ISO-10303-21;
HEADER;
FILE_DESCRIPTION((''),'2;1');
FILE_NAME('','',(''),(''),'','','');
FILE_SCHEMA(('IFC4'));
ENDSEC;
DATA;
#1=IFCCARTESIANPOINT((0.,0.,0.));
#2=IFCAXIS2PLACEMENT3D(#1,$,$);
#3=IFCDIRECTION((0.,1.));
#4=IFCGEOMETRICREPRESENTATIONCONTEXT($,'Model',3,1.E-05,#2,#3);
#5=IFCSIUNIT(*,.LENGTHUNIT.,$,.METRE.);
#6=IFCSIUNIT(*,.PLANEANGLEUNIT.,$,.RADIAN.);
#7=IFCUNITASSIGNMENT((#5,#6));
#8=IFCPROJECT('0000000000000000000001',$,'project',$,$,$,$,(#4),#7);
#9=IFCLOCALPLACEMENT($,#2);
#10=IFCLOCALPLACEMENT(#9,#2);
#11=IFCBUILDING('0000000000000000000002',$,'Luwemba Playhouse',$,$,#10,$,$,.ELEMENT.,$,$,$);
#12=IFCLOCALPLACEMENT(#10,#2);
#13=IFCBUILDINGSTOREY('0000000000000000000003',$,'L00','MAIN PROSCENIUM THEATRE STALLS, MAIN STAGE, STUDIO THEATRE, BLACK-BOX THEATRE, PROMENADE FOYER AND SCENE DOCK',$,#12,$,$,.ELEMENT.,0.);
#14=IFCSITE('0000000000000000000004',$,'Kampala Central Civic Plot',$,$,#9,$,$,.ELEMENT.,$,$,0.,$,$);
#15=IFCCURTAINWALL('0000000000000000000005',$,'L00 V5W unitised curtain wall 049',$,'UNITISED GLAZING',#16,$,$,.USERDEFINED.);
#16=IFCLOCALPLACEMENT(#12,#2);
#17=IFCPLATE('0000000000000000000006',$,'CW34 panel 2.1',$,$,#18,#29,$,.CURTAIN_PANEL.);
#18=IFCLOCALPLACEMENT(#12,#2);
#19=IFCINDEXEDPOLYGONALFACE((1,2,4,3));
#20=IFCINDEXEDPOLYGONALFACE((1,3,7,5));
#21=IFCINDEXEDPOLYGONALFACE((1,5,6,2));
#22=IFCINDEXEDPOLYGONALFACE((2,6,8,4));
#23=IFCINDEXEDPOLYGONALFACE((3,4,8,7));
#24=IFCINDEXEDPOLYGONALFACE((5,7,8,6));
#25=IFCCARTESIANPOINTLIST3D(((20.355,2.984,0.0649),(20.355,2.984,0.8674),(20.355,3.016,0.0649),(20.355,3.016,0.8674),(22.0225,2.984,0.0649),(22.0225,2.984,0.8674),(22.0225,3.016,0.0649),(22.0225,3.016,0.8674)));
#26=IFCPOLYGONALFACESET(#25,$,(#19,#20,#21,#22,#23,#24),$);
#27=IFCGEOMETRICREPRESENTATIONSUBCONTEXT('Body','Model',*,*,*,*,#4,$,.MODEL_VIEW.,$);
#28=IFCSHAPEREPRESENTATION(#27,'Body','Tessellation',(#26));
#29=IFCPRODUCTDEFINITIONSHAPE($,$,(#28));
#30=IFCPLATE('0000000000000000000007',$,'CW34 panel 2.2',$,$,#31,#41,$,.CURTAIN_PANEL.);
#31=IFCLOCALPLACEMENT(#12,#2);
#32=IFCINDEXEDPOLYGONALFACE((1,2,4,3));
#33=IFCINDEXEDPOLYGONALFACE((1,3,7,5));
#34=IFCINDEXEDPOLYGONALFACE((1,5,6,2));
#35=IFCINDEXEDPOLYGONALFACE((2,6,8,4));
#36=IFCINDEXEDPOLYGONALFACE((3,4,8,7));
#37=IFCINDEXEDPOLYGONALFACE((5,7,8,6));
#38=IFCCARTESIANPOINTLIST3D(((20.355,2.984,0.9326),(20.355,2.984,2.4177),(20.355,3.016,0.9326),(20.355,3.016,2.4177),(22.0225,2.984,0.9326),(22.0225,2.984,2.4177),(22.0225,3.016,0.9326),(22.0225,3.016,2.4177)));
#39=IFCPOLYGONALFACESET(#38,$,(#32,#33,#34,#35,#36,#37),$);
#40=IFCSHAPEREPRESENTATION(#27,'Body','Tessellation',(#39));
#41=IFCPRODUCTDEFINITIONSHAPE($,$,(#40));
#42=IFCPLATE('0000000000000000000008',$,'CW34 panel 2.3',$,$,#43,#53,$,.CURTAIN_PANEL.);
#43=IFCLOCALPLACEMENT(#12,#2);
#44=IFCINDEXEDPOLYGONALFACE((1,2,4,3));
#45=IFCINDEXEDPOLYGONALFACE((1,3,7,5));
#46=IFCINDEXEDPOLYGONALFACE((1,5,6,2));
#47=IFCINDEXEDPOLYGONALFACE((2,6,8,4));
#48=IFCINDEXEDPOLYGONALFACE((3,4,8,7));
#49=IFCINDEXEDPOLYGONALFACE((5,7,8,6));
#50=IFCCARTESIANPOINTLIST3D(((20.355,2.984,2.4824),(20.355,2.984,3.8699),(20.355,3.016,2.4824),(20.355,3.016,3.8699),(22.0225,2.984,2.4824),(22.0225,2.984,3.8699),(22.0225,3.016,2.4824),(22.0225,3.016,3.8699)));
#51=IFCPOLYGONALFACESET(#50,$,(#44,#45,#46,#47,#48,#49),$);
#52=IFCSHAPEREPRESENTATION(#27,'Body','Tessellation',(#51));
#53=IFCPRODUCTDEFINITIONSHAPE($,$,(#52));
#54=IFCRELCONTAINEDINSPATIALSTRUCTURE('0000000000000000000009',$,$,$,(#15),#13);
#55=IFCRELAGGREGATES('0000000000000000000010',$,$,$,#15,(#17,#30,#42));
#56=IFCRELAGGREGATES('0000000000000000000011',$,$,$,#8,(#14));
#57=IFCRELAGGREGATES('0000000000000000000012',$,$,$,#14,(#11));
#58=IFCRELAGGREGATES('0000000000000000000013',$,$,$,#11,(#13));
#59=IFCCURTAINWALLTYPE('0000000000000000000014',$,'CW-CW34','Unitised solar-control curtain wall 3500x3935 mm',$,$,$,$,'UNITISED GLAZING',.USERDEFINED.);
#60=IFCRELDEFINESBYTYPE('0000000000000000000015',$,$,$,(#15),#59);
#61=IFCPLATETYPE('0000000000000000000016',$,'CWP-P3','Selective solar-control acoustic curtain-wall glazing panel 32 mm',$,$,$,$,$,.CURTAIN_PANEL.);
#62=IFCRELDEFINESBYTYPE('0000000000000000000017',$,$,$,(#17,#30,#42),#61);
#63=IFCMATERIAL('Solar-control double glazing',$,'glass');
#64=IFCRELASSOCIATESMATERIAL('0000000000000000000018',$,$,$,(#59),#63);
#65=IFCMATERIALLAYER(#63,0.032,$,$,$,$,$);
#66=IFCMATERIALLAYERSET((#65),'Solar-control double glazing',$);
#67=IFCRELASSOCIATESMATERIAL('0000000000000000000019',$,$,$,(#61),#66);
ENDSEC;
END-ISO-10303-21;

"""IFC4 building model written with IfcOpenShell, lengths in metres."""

from ifc_helpers import new_model, si_unit, direction, frame, origin, origin_2d, place, context, subcontext, project, spatial, rectangle, extrude, material, layer, layer_set, type_object, element, aggregate, save


model = new_model("IFC4")

# Units and contexts
model_context = context("Model", 3, precision=1e-05, world=origin(), true_north=direction((0.0, 1.0)))
body_context = subcontext(model_context, "Body", "Model", "MODEL_VIEW")
ifc_project = project(units=[si_unit("LENGTHUNIT", "METRE"), si_unit("PLANEANGLEUNIT", "RADIAN")], contexts=[model_context])

# Site, building, storey
site_placement = place(None, origin())
site = spatial("IfcSite", under=ifc_project, at=site_placement, Name="Kampala Central Civic Plot", CompositionType="ELEMENT", RefElevation=0.0)
building_placement = place(site_placement, origin())
building = spatial("IfcBuilding", under=site, at=building_placement, Name="Luwemba Playhouse", CompositionType="ELEMENT")
storey_placement = place(building_placement, origin())
storey = spatial("IfcBuildingStorey", under=building, at=storey_placement, Name="L00", Description="MAIN PROSCENIUM THEATRE STALLS, MAIN STAGE, STUDIO THEATRE, BLACK-BOX THEATRE, PROMENADE FOYER AND SCENE DOCK", CompositionType="ELEMENT", Elevation=0.0)

# Shared definitions
ifc_material_1 = material(Name="Solar-control double glazing", Category="glass")

# Curtain wall
curtain_wall_type_1 = type_object("IfcCurtainWallType", Name="CW-CW34", Description="Unitised solar-control curtain wall 3500x3935 mm", ElementType="UNITISED GLAZING", PredefinedType="USERDEFINED", material=ifc_material_1)
curtain_wall_1_placement = place(storey_placement, origin())
curtain_wall_1 = element("IfcCurtainWall", 1, at=curtain_wall_1_placement, inside=storey, type_object=curtain_wall_type_1, Name="L00 V5W unitised curtain wall 049", ObjectType="UNITISED GLAZING", PredefinedType="USERDEFINED")

# Plates
ifc_layer_1 = layer(ifc_material_1, 0.032)
ifc_layer_set_1 = layer_set([ifc_layer_1], Name="Solar-control double glazing")
plate_type_1 = type_object("IfcPlateType", Name="CWP-P3", Description="Selective solar-control acoustic curtain-wall glazing panel 32 mm", PredefinedType="CURTAIN_PANEL", material=ifc_layer_set_1)
plate_1_placement = place(storey_placement, frame((21.1887, 3.0, 0.0649), z_axis=(0.0, 0.0, 1.0), x_axis=(-1.0, 0.0, 0.0)))
plate_1 = element("IfcPlate", 2, at=plate_1_placement, type_object=plate_type_1, Name="CW34 panel 2.1", PredefinedType="CURTAIN_PANEL", context=body_context, shape_type="SweptSolid", body=[
    extrude(rectangle(XDim=1.6675, YDim=0.032, at=origin_2d()), origin(), (0.0, 0.0, 1.0), 0.8025),
])
plate_2_placement = place(storey_placement, frame((21.1887, 3.0, 0.9326), z_axis=(0.0, 0.0, 1.0), x_axis=(-1.0, 0.0, 0.0)))
plate_2 = element("IfcPlate", 3, at=plate_2_placement, type_object=plate_type_1, Name="CW34 panel 2.2", PredefinedType="CURTAIN_PANEL", context=body_context, shape_type="SweptSolid", body=[
    extrude(rectangle(XDim=1.6675, YDim=0.032, at=origin_2d()), origin(), (0.0, 0.0, 1.0), 1.4851),
])
plate_3_placement = place(storey_placement, frame((21.1887, 3.0, 2.4824), z_axis=(0.0, 0.0, 1.0), x_axis=(-1.0, 0.0, 0.0)))
plate_3 = element("IfcPlate", 4, at=plate_3_placement, type_object=plate_type_1, Name="CW34 panel 2.3", PredefinedType="CURTAIN_PANEL", context=body_context, shape_type="SweptSolid", body=[
    extrude(rectangle(XDim=1.6675, YDim=0.032, at=origin_2d()), origin(), (0.0, 0.0, 1.0), 1.3875),
])
aggregate(curtain_wall_1, [plate_1, plate_2, plate_3])

save(model, "model.ifc")
